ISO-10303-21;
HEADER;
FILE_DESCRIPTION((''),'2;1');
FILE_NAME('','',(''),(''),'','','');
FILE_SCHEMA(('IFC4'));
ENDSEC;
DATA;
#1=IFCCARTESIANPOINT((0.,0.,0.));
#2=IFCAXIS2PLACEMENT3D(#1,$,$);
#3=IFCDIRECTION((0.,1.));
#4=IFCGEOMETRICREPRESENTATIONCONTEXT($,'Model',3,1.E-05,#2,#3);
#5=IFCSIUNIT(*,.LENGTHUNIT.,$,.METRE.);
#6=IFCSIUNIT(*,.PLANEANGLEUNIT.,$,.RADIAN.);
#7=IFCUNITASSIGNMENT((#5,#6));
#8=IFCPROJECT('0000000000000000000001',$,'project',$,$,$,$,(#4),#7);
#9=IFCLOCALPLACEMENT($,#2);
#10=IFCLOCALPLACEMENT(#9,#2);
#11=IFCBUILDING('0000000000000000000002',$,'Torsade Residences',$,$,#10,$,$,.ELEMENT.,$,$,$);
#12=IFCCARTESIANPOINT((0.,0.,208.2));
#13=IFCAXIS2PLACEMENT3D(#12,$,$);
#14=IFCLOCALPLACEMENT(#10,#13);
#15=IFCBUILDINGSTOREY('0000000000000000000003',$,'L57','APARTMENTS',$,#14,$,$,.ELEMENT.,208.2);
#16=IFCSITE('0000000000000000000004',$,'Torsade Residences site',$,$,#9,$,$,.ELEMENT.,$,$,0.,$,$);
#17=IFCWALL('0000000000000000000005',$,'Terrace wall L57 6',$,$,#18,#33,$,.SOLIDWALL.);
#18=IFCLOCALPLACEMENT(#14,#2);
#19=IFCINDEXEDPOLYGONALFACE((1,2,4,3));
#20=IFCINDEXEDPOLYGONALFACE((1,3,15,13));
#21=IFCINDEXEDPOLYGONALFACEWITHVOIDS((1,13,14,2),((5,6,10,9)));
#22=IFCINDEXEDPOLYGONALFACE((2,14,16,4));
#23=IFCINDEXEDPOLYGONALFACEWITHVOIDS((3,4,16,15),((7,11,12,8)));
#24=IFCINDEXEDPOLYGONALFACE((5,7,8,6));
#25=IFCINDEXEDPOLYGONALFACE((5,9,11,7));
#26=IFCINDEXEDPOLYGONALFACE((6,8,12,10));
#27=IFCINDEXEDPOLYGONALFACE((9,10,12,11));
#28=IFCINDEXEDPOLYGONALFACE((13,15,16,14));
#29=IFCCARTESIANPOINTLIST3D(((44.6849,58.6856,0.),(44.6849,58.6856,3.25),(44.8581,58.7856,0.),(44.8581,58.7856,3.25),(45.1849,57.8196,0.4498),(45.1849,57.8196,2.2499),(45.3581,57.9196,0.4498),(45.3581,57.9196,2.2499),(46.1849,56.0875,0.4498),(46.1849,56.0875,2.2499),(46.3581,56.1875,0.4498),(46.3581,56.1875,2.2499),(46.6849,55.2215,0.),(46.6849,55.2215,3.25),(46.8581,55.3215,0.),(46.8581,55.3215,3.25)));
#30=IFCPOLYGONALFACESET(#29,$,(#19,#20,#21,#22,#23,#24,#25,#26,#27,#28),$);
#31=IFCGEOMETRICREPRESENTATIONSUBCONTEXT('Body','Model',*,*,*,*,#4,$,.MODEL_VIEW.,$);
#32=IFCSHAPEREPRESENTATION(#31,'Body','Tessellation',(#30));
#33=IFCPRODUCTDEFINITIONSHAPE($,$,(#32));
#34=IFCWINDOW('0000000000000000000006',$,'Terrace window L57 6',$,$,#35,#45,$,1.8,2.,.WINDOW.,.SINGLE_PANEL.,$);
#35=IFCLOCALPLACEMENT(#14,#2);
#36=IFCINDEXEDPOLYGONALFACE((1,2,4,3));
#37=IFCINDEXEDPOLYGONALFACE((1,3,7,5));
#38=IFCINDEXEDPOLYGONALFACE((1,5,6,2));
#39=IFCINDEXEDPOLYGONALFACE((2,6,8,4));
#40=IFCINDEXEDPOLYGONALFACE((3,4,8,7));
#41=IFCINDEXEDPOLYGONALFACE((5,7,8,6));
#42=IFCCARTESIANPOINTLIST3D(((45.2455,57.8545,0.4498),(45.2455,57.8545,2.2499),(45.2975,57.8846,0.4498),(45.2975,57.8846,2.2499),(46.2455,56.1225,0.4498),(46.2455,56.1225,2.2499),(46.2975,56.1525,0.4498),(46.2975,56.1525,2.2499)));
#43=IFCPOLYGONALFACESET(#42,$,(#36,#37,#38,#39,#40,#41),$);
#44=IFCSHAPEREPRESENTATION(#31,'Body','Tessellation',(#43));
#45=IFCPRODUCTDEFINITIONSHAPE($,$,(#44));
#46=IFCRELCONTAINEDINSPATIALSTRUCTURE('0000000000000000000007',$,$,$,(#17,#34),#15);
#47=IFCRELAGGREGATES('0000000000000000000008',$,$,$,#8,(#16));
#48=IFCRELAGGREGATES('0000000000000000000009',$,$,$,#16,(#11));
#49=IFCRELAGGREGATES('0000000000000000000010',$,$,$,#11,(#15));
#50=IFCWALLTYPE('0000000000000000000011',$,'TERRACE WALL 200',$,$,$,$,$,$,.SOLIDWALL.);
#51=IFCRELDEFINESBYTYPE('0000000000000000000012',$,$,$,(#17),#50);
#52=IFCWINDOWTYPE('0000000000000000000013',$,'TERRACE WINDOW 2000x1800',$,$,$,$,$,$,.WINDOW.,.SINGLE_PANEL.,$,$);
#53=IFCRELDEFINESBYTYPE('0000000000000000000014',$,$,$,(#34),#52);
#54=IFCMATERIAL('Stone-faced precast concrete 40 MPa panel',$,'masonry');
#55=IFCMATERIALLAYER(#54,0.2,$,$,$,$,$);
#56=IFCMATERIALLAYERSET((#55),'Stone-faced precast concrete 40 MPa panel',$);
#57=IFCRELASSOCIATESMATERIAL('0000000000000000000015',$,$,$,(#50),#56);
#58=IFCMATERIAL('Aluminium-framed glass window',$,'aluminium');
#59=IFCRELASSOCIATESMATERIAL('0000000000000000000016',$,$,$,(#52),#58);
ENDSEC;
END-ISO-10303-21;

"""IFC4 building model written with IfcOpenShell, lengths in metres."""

from ifc_helpers import new_model, si_unit, direction, frame, frame_2d, origin, place, context, subcontext, project, spatial, rectangle, extrude, material, layer, layer_set, type_object, element, fill, save


model = new_model("IFC4")

# Units and contexts
model_context = context("Model", 3, precision=1e-05, world=origin(), true_north=direction((0.0, 1.0)))
body_context = subcontext(model_context, "Body", "Model", "MODEL_VIEW")
ifc_project = project(units=[si_unit("LENGTHUNIT", "METRE"), si_unit("PLANEANGLEUNIT", "RADIAN")], contexts=[model_context])

# Site, building, storey
site_placement = place(None, origin())
site = spatial("IfcSite", under=ifc_project, at=site_placement, Name="Torsade Residences site", CompositionType="ELEMENT", RefElevation=0.0)
building_placement = place(site_placement, origin())
building = spatial("IfcBuilding", under=site, at=building_placement, Name="Torsade Residences", CompositionType="ELEMENT")
storey_placement = place(building_placement, frame((0.0, 0.0, 208.2)))
storey = spatial("IfcBuildingStorey", under=building, at=storey_placement, Name="L57", Description="APARTMENTS", CompositionType="ELEMENT", Elevation=208.2)

# Wall, opening, window
ifc_material_1 = material(Name="Stone-faced precast concrete 40 MPa panel", Category="masonry")
ifc_layer_1 = layer(ifc_material_1, 0.2)
ifc_layer_set_1 = layer_set([ifc_layer_1], Name="Stone-faced precast concrete 40 MPa panel")
wall_type_1 = type_object("IfcWallType", Name="TERRACE WALL 200", PredefinedType="SOLIDWALL", material=ifc_layer_set_1)
wall_1_placement = place(storey_placement, frame((46.7715, 55.2715, 0.0), z_axis=(0.0, 0.0, 1.0), x_axis=(-0.499999, 0.866026, 0.0)))
wall_1 = element("IfcWall", 1, at=wall_1_placement, inside=storey, type_object=wall_type_1, Name="Terrace wall L57 6", PredefinedType="SOLIDWALL", context=body_context, shape_type="SweptSolid", body=[
    extrude(rectangle(XDim=4.0, YDim=0.2, at=frame_2d((2.0, 0.0))), origin(), (0.0, 0.0, 1.0), 3.25),
])
opening_1_placement = place(wall_1_placement, frame((1.0, 0.0, 0.45)))
opening_1 = element("IfcOpeningElement", 2, at=opening_1_placement, cuts=wall_1, PredefinedType="OPENING", context=body_context, shape_type="SweptSolid", body=[
    extrude(rectangle(XDim=2.0, YDim=1.8, at=frame_2d((1.0, 0.8999))), frame((0.0, 0.1099, 0.0), z_axis=(0.0, -1.0, 0.0), x_axis=(1.0, 0.0, 0.0)), (0.0, 0.0, 1.0), 0.22),
])
ifc_material_2 = material(Name="Aluminium-framed glass window", Category="aluminium")
window_type = type_object("IfcWindowType", Name="TERRACE WINDOW 2000x1800", PartitioningType="SINGLE_PANEL", PredefinedType="WINDOW", material=ifc_material_2)
window_placement = place(opening_1_placement, origin())
window = element("IfcWindow", 3, at=window_placement, inside=storey, type_object=window_type, Name="Terrace window L57 6", OverallHeight=1.8, OverallWidth=2.0, PartitioningType="SINGLE_PANEL", PredefinedType="WINDOW", context=body_context, shape_type="SweptSolid", body=[
    extrude(rectangle(XDim=2.0, YDim=1.8, at=frame_2d((1.0, 0.8999))), frame((0.0, 0.03, 0.0), z_axis=(0.0, -1.0, 0.0), x_axis=(1.0, 0.0, 0.0)), (0.0, 0.0, 1.0), 0.0601),
])
fill(opening_1, window)

save(model, "model.ifc")
